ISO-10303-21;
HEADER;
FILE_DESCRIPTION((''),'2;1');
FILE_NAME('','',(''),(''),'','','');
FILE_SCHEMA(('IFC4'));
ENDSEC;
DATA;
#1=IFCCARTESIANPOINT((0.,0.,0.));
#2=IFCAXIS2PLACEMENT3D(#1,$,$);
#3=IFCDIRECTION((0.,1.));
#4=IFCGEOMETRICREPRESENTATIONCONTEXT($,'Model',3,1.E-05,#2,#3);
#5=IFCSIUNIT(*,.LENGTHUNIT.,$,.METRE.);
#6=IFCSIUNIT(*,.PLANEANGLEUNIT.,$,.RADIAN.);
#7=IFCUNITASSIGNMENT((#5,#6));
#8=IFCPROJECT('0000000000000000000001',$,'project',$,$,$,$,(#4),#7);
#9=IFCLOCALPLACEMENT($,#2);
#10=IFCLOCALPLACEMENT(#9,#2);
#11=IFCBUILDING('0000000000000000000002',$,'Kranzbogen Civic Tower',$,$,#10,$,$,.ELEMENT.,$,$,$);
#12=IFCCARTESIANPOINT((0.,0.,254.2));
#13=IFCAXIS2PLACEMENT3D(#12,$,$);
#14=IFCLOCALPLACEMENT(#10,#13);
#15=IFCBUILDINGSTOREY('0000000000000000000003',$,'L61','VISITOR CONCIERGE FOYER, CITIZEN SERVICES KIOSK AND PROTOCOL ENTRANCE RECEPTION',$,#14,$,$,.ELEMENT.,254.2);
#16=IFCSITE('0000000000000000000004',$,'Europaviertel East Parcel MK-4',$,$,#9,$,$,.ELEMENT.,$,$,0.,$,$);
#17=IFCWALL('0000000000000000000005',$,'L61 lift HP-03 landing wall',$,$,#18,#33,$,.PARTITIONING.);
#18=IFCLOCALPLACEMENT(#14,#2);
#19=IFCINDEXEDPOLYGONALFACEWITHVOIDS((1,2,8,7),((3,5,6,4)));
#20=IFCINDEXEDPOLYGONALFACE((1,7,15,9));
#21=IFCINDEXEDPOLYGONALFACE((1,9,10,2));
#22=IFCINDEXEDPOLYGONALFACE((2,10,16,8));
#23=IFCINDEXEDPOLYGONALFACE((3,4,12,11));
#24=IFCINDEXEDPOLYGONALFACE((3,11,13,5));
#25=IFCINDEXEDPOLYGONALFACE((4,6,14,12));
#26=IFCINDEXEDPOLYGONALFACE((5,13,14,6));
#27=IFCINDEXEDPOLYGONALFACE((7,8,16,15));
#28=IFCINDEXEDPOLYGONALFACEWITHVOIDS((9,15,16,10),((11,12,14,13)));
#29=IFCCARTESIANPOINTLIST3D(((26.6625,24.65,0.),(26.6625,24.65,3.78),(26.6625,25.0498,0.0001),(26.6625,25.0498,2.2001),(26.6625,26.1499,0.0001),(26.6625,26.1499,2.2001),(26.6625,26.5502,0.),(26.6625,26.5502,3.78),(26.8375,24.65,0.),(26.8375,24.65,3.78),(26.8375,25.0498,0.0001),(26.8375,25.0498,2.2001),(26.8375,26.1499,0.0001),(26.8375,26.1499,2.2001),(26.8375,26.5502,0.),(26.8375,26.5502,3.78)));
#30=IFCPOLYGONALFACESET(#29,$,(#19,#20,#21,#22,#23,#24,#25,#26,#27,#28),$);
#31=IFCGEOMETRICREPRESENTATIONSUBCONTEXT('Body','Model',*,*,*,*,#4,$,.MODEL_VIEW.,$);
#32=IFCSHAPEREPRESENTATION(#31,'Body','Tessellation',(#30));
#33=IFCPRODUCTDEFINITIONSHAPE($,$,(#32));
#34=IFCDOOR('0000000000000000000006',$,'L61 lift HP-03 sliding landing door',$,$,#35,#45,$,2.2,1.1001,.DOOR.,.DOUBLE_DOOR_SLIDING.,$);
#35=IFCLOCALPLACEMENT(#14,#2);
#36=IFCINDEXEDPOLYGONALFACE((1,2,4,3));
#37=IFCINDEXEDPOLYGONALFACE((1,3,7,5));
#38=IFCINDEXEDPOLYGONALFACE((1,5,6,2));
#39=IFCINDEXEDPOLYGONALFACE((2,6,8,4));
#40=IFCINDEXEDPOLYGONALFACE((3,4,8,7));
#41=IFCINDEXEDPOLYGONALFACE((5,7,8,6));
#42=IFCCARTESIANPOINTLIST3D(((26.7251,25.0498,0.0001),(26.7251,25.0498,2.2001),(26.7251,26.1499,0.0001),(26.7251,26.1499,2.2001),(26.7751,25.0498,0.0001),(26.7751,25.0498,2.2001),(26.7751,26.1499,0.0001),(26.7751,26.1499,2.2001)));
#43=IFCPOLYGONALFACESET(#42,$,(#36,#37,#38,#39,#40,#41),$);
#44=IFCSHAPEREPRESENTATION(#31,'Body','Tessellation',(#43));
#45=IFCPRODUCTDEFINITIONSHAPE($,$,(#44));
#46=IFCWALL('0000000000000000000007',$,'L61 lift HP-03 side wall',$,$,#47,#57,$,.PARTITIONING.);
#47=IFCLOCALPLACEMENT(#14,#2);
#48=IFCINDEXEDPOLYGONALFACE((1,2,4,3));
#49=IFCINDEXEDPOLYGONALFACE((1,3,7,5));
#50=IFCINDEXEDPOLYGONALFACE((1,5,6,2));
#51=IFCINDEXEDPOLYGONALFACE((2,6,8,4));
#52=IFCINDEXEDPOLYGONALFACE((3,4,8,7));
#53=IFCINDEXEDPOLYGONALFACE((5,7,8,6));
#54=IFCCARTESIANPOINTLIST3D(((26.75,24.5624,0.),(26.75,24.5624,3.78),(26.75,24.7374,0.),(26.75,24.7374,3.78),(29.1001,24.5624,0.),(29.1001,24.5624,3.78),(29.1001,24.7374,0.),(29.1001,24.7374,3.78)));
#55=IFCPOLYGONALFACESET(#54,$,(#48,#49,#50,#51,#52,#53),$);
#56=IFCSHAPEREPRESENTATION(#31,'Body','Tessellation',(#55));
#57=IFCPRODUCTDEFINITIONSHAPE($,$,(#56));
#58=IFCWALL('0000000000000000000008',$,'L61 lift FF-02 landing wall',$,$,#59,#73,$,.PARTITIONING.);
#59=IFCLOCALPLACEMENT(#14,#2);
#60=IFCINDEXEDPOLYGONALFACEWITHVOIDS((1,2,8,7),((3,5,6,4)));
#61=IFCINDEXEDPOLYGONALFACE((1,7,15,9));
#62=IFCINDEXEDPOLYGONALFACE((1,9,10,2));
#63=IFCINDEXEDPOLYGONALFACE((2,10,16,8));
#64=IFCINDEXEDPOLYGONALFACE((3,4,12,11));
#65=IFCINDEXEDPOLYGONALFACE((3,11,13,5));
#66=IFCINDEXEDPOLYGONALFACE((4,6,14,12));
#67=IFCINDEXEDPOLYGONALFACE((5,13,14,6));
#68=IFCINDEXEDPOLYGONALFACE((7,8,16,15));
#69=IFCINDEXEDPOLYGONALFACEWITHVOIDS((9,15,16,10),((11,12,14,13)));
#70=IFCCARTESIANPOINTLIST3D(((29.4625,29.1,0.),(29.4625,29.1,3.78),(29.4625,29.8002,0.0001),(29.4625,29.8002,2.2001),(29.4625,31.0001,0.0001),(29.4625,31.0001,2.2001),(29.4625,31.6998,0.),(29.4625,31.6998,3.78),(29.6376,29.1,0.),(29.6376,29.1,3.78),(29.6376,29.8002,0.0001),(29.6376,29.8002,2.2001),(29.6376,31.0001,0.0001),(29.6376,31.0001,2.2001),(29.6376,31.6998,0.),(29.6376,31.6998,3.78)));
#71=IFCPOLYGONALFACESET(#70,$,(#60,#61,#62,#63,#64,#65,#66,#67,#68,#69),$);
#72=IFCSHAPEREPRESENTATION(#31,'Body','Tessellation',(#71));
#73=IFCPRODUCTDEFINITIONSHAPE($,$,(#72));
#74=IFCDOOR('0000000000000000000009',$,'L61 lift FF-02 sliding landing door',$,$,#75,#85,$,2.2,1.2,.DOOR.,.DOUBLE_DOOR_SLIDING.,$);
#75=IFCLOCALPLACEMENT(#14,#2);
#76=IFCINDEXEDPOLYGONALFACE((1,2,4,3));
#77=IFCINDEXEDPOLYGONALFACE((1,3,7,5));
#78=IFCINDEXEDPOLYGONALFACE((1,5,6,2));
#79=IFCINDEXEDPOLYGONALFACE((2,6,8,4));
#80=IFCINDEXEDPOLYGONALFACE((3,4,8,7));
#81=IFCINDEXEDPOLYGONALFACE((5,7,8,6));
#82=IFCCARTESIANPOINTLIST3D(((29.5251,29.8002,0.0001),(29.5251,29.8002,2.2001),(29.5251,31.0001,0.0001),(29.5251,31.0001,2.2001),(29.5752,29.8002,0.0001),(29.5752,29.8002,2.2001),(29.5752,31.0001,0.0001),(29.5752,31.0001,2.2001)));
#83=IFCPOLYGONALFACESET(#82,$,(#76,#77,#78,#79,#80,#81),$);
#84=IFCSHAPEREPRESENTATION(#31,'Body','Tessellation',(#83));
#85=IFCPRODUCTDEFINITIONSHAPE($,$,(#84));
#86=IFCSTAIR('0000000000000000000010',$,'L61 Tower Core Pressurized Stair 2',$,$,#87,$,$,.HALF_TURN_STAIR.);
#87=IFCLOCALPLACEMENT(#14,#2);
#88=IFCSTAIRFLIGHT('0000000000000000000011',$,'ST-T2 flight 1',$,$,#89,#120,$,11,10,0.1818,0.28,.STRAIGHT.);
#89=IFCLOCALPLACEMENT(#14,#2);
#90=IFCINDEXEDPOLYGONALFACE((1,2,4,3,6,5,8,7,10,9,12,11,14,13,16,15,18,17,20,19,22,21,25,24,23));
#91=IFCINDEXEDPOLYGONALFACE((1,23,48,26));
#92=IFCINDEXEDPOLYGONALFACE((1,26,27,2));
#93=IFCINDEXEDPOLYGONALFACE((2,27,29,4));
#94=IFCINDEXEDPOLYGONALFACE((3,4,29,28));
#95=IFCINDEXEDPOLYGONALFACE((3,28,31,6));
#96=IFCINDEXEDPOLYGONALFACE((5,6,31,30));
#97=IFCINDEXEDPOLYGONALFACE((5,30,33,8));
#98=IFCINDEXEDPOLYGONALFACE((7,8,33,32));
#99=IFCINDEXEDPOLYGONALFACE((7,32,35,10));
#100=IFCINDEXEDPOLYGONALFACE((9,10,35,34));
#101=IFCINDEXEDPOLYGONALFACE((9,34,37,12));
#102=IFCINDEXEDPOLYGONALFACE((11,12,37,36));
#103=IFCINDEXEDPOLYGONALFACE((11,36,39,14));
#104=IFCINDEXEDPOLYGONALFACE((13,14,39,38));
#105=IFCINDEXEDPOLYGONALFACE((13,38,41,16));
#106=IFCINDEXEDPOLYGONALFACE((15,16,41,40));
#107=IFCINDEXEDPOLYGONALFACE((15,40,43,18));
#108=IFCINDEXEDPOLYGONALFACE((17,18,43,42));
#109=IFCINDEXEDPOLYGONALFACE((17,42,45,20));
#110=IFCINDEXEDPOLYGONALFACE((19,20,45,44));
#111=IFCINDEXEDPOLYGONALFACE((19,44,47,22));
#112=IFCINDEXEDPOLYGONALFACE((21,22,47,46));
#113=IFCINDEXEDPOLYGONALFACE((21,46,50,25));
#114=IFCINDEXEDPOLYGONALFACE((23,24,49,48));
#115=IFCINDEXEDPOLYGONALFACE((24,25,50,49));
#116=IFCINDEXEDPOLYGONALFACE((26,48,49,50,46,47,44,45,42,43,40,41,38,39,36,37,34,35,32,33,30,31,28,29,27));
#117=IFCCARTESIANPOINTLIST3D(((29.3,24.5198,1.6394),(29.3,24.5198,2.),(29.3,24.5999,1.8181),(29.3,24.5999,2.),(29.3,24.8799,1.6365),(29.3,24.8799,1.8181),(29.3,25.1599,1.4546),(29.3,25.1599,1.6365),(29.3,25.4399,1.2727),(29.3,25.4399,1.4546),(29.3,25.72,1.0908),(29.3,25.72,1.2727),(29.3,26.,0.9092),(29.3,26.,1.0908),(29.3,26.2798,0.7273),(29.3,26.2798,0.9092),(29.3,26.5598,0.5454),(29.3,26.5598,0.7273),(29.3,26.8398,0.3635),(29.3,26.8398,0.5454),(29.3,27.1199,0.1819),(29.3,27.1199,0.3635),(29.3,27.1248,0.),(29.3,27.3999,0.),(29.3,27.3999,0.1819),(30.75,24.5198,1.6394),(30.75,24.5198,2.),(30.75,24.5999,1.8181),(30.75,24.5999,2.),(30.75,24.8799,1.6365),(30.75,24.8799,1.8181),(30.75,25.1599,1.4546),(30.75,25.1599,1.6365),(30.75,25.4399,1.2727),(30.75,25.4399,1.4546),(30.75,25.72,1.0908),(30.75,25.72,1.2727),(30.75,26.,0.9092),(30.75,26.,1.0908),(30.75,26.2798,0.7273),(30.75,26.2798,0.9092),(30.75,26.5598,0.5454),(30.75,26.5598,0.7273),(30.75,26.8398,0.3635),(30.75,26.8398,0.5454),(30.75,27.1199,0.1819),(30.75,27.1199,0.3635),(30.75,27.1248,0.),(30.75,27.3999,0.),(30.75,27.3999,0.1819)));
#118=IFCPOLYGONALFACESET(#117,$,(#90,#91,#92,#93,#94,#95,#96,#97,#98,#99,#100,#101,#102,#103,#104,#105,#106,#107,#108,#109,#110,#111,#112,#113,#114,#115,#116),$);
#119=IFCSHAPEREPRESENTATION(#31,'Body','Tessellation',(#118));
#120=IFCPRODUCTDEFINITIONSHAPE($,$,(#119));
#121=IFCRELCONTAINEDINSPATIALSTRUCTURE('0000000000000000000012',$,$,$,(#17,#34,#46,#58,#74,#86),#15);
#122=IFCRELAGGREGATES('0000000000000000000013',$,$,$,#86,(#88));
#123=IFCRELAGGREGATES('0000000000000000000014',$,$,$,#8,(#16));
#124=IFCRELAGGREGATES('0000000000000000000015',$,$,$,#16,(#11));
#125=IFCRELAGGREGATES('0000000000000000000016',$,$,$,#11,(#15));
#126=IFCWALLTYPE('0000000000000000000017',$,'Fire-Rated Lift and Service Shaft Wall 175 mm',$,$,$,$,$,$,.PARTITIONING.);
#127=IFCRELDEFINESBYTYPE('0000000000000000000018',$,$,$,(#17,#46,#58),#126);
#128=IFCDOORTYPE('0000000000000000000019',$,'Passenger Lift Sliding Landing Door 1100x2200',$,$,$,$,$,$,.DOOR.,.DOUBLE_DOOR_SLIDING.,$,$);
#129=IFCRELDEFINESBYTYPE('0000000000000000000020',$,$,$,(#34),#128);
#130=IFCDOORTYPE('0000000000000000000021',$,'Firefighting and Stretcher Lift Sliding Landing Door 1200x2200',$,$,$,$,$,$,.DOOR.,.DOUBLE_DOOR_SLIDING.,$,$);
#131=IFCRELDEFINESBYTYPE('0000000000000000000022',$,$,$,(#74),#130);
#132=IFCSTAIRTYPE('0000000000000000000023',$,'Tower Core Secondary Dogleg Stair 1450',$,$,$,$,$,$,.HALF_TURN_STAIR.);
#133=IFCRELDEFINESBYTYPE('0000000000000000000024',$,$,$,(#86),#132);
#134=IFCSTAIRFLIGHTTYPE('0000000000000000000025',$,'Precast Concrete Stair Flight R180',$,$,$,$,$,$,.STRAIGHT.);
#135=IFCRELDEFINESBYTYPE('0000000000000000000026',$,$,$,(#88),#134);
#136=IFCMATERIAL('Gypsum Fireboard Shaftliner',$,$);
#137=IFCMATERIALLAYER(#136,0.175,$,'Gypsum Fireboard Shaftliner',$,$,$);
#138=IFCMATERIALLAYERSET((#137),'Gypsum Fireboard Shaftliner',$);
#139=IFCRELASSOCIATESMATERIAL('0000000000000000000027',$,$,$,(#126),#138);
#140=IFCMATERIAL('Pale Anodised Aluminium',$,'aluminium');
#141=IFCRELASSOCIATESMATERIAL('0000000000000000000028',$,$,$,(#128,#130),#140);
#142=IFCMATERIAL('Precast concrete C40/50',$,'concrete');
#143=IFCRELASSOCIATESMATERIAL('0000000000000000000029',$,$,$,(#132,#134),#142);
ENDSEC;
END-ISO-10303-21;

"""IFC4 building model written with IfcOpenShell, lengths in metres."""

from ifc_helpers import new_model, si_unit, direction, frame, frame_2d, origin, place, context, subcontext, project, spatial, polyline, rectangle, outline, extrude, material, layer, layer_set, type_object, element, fill, aggregate, save


model = new_model("IFC4")

# Units and contexts
model_context = context("Model", 3, precision=1e-05, world=origin(), true_north=direction((0.0, 1.0)))
body_context = subcontext(model_context, "Body", "Model", "MODEL_VIEW")
ifc_project = project(units=[si_unit("LENGTHUNIT", "METRE"), si_unit("PLANEANGLEUNIT", "RADIAN")], contexts=[model_context])

# Site, building, storey
site_placement = place(None, origin())
site = spatial("IfcSite", under=ifc_project, at=site_placement, Name="Europaviertel East Parcel MK-4", CompositionType="ELEMENT", RefElevation=0.0)
building_placement = place(site_placement, origin())
building = spatial("IfcBuilding", under=site, at=building_placement, Name="Kranzbogen Civic Tower", CompositionType="ELEMENT")
storey_placement = place(building_placement, frame((0.0, 0.0, 254.2)))
storey = spatial("IfcBuildingStorey", under=building, at=storey_placement, Name="L61", Description="VISITOR CONCIERGE FOYER, CITIZEN SERVICES KIOSK AND PROTOCOL ENTRANCE RECEPTION", CompositionType="ELEMENT", Elevation=254.2)

# Wall, opening, door
ifc_material_1 = material(Name="Gypsum Fireboard Shaftliner")
ifc_layer_1 = layer(ifc_material_1, 0.175, Name="Gypsum Fireboard Shaftliner")
ifc_layer_set_1 = layer_set([ifc_layer_1], Name="Gypsum Fireboard Shaftliner")
wall_type_1 = type_object("IfcWallType", Name="Fire-Rated Lift and Service Shaft Wall 175 mm", PredefinedType="PARTITIONING", material=ifc_layer_set_1)
wall_1_placement = place(storey_placement, frame((26.75, 24.6499, 0.0), z_axis=(0.0, 0.0, 1.0), x_axis=(0.0, 1.0, 0.0)))
wall_1 = element("IfcWall", 1, at=wall_1_placement, inside=storey, type_object=wall_type_1, Name="L61 lift HP-03 landing wall", PredefinedType="PARTITIONING", context=body_context, shape_type="SweptSolid", body=[
    extrude(rectangle(XDim=1.9001, YDim=0.175, at=frame_2d((0.9502, 0.0))), origin(), (0.0, 0.0, 1.0), 3.78),
])
opening_1_placement = place(wall_1_placement, frame((0.3999, 0.0, 0.0)))
opening_1 = element("IfcOpeningElement", 2, at=opening_1_placement, cuts=wall_1, PredefinedType="OPENING", context=body_context, shape_type="SweptSolid", body=[
    extrude(rectangle(XDim=1.1001, YDim=2.2, at=frame_2d((0.55, 1.1001))), frame((0.0, 0.0977, 0.0), z_axis=(0.0, -1.0, 0.0), x_axis=(1.0, 0.0, 0.0)), (0.0, 0.0, 1.0), 0.1951),
])
ifc_material_2 = material(Name="Pale Anodised Aluminium", Category="aluminium")
door_type_1 = type_object("IfcDoorType", Name="Passenger Lift Sliding Landing Door 1100x2200", OperationType="DOUBLE_DOOR_SLIDING", PredefinedType="DOOR", material=ifc_material_2)
door_1_placement = place(opening_1_placement, origin())
door_1 = element("IfcDoor", 3, at=door_1_placement, inside=storey, type_object=door_type_1, Name="L61 lift HP-03 sliding landing door", OperationType="DOUBLE_DOOR_SLIDING", OverallHeight=2.2, OverallWidth=1.1001, PredefinedType="DOOR", context=body_context, shape_type="SweptSolid", body=[
    extrude(rectangle(XDim=1.1001, YDim=2.2, at=frame_2d((0.55, 1.1001))), frame((0.0, 0.0249, 0.0), z_axis=(0.0, -1.0, 0.0), x_axis=(1.0, 0.0, 0.0)), (0.0, 0.0, 1.0), 0.05),
])
fill(opening_1, door_1)

# Wall
wall_2_placement = place(storey_placement, frame((26.75, 24.6499, 0.0), z_axis=(0.0, 0.0, 1.0), x_axis=(1.0, 0.0, 0.0)))
element("IfcWall", 4, at=wall_2_placement, inside=storey, type_object=wall_type_1, Name="L61 lift HP-03 side wall", PredefinedType="PARTITIONING", context=body_context, shape_type="SweptSolid", body=[
    extrude(rectangle(XDim=2.3501, YDim=0.175, at=frame_2d((1.175, 0.0))), origin(), (0.0, 0.0, 1.0), 3.78),
])

# Wall, opening, door
wall_3_placement = place(storey_placement, frame((29.55, 29.1001, 0.0), z_axis=(0.0, 0.0, 1.0), x_axis=(0.0, 1.0, 0.0)))
wall_3 = element("IfcWall", 5, at=wall_3_placement, inside=storey, type_object=wall_type_1, Name="L61 lift FF-02 landing wall", PredefinedType="PARTITIONING", context=body_context, shape_type="SweptSolid", body=[
    extrude(rectangle(XDim=2.5999, YDim=0.175, at=frame_2d((1.2998, 0.0))), origin(), (0.0, 0.0, 1.0), 3.78),
])
opening_2_placement = place(wall_3_placement, frame((0.7, 0.0, 0.0)))
opening_2 = element("IfcOpeningElement", 6, at=opening_2_placement, cuts=wall_3, PredefinedType="OPENING", context=body_context, shape_type="SweptSolid", body=[
    extrude(rectangle(XDim=1.2, YDim=2.2, at=frame_2d((0.6001, 1.1001))), frame((0.0, 0.0977, 0.0), z_axis=(0.0, -1.0, 0.0), x_axis=(1.0, 0.0, 0.0)), (0.0, 0.0, 1.0), 0.1951),
])
door_type_2 = type_object("IfcDoorType", Name="Firefighting and Stretcher Lift Sliding Landing Door 1200x2200", OperationType="DOUBLE_DOOR_SLIDING", PredefinedType="DOOR", material=ifc_material_2)
door_2_placement = place(opening_2_placement, origin())
door_2 = element("IfcDoor", 7, at=door_2_placement, inside=storey, type_object=door_type_2, Name="L61 lift FF-02 sliding landing door", OperationType="DOUBLE_DOOR_SLIDING", OverallHeight=2.2, OverallWidth=1.2, PredefinedType="DOOR", context=body_context, shape_type="SweptSolid", body=[
    extrude(rectangle(XDim=1.2, YDim=2.2, at=frame_2d((0.6001, 1.1001))), frame((0.0, 0.0249, 0.0), z_axis=(0.0, -1.0, 0.0), x_axis=(1.0, 0.0, 0.0)), (0.0, 0.0, 1.0), 0.05),
])
fill(opening_2, door_2)

# Stair, stair flight
ifc_material_3 = material(Name="Precast concrete C40/50", Category="concrete")
stair_type = type_object("IfcStairType", Name="Tower Core Secondary Dogleg Stair 1450", PredefinedType="HALF_TURN_STAIR", material=ifc_material_3)
stair_placement = place(storey_placement, origin())
stair = element("IfcStair", 8, at=stair_placement, inside=storey, type_object=stair_type, Name="L61 Tower Core Pressurized Stair 2", PredefinedType="HALF_TURN_STAIR")
stair_flight_type = type_object("IfcStairFlightType", Name="Precast Concrete Stair Flight R180", PredefinedType="STRAIGHT", material=ifc_material_3)
stair_flight_placement = place(storey_placement, frame((30.0249, 27.3999, 0.0), z_axis=(0.0, 0.0, 1.0), x_axis=(0.0, -1.0, 0.0)))
stair_flight = element("IfcStairFlight", 9, at=stair_flight_placement, type_object=stair_flight_type, Name="ST-T2 flight 1", NumberOfRisers=11, NumberOfTreads=10, PredefinedType="STRAIGHT", RiserHeight=0.1818, TreadLength=0.28, context=body_context, shape_type="SweptSolid", body=[
    extrude(outline(polyline([(0.0, 0.0), (0.0, 0.1819), (0.28, 0.1819), (0.28, 0.3635), (0.5601, 0.3635), (0.5601, 0.5454), (0.8401, 0.5454), (0.8401, 0.7273), (1.1201, 0.7273), (1.1201, 0.9092), (1.3999, 0.9092), (1.3999, 1.0908), (1.6799, 1.0908), (1.6799, 1.2727), (1.96, 1.2727), (1.96, 1.4546), (2.24, 1.4546), (2.24, 1.6365), (2.52, 1.6365), (2.52, 1.8181), (2.8, 1.8181), (2.8, 2.0), (2.8801, 2.0), (2.8801, 1.6394), (0.2751, 0.0), (0.0, 0.0)])), frame((0.0, 0.7251, 0.0), z_axis=(0.0, -1.0, 0.0), x_axis=(1.0, 0.0, 0.0)), (0.0, 0.0, 1.0), 1.45),
])
aggregate(stair, [stair_flight])

save(model, "model.ifc")
